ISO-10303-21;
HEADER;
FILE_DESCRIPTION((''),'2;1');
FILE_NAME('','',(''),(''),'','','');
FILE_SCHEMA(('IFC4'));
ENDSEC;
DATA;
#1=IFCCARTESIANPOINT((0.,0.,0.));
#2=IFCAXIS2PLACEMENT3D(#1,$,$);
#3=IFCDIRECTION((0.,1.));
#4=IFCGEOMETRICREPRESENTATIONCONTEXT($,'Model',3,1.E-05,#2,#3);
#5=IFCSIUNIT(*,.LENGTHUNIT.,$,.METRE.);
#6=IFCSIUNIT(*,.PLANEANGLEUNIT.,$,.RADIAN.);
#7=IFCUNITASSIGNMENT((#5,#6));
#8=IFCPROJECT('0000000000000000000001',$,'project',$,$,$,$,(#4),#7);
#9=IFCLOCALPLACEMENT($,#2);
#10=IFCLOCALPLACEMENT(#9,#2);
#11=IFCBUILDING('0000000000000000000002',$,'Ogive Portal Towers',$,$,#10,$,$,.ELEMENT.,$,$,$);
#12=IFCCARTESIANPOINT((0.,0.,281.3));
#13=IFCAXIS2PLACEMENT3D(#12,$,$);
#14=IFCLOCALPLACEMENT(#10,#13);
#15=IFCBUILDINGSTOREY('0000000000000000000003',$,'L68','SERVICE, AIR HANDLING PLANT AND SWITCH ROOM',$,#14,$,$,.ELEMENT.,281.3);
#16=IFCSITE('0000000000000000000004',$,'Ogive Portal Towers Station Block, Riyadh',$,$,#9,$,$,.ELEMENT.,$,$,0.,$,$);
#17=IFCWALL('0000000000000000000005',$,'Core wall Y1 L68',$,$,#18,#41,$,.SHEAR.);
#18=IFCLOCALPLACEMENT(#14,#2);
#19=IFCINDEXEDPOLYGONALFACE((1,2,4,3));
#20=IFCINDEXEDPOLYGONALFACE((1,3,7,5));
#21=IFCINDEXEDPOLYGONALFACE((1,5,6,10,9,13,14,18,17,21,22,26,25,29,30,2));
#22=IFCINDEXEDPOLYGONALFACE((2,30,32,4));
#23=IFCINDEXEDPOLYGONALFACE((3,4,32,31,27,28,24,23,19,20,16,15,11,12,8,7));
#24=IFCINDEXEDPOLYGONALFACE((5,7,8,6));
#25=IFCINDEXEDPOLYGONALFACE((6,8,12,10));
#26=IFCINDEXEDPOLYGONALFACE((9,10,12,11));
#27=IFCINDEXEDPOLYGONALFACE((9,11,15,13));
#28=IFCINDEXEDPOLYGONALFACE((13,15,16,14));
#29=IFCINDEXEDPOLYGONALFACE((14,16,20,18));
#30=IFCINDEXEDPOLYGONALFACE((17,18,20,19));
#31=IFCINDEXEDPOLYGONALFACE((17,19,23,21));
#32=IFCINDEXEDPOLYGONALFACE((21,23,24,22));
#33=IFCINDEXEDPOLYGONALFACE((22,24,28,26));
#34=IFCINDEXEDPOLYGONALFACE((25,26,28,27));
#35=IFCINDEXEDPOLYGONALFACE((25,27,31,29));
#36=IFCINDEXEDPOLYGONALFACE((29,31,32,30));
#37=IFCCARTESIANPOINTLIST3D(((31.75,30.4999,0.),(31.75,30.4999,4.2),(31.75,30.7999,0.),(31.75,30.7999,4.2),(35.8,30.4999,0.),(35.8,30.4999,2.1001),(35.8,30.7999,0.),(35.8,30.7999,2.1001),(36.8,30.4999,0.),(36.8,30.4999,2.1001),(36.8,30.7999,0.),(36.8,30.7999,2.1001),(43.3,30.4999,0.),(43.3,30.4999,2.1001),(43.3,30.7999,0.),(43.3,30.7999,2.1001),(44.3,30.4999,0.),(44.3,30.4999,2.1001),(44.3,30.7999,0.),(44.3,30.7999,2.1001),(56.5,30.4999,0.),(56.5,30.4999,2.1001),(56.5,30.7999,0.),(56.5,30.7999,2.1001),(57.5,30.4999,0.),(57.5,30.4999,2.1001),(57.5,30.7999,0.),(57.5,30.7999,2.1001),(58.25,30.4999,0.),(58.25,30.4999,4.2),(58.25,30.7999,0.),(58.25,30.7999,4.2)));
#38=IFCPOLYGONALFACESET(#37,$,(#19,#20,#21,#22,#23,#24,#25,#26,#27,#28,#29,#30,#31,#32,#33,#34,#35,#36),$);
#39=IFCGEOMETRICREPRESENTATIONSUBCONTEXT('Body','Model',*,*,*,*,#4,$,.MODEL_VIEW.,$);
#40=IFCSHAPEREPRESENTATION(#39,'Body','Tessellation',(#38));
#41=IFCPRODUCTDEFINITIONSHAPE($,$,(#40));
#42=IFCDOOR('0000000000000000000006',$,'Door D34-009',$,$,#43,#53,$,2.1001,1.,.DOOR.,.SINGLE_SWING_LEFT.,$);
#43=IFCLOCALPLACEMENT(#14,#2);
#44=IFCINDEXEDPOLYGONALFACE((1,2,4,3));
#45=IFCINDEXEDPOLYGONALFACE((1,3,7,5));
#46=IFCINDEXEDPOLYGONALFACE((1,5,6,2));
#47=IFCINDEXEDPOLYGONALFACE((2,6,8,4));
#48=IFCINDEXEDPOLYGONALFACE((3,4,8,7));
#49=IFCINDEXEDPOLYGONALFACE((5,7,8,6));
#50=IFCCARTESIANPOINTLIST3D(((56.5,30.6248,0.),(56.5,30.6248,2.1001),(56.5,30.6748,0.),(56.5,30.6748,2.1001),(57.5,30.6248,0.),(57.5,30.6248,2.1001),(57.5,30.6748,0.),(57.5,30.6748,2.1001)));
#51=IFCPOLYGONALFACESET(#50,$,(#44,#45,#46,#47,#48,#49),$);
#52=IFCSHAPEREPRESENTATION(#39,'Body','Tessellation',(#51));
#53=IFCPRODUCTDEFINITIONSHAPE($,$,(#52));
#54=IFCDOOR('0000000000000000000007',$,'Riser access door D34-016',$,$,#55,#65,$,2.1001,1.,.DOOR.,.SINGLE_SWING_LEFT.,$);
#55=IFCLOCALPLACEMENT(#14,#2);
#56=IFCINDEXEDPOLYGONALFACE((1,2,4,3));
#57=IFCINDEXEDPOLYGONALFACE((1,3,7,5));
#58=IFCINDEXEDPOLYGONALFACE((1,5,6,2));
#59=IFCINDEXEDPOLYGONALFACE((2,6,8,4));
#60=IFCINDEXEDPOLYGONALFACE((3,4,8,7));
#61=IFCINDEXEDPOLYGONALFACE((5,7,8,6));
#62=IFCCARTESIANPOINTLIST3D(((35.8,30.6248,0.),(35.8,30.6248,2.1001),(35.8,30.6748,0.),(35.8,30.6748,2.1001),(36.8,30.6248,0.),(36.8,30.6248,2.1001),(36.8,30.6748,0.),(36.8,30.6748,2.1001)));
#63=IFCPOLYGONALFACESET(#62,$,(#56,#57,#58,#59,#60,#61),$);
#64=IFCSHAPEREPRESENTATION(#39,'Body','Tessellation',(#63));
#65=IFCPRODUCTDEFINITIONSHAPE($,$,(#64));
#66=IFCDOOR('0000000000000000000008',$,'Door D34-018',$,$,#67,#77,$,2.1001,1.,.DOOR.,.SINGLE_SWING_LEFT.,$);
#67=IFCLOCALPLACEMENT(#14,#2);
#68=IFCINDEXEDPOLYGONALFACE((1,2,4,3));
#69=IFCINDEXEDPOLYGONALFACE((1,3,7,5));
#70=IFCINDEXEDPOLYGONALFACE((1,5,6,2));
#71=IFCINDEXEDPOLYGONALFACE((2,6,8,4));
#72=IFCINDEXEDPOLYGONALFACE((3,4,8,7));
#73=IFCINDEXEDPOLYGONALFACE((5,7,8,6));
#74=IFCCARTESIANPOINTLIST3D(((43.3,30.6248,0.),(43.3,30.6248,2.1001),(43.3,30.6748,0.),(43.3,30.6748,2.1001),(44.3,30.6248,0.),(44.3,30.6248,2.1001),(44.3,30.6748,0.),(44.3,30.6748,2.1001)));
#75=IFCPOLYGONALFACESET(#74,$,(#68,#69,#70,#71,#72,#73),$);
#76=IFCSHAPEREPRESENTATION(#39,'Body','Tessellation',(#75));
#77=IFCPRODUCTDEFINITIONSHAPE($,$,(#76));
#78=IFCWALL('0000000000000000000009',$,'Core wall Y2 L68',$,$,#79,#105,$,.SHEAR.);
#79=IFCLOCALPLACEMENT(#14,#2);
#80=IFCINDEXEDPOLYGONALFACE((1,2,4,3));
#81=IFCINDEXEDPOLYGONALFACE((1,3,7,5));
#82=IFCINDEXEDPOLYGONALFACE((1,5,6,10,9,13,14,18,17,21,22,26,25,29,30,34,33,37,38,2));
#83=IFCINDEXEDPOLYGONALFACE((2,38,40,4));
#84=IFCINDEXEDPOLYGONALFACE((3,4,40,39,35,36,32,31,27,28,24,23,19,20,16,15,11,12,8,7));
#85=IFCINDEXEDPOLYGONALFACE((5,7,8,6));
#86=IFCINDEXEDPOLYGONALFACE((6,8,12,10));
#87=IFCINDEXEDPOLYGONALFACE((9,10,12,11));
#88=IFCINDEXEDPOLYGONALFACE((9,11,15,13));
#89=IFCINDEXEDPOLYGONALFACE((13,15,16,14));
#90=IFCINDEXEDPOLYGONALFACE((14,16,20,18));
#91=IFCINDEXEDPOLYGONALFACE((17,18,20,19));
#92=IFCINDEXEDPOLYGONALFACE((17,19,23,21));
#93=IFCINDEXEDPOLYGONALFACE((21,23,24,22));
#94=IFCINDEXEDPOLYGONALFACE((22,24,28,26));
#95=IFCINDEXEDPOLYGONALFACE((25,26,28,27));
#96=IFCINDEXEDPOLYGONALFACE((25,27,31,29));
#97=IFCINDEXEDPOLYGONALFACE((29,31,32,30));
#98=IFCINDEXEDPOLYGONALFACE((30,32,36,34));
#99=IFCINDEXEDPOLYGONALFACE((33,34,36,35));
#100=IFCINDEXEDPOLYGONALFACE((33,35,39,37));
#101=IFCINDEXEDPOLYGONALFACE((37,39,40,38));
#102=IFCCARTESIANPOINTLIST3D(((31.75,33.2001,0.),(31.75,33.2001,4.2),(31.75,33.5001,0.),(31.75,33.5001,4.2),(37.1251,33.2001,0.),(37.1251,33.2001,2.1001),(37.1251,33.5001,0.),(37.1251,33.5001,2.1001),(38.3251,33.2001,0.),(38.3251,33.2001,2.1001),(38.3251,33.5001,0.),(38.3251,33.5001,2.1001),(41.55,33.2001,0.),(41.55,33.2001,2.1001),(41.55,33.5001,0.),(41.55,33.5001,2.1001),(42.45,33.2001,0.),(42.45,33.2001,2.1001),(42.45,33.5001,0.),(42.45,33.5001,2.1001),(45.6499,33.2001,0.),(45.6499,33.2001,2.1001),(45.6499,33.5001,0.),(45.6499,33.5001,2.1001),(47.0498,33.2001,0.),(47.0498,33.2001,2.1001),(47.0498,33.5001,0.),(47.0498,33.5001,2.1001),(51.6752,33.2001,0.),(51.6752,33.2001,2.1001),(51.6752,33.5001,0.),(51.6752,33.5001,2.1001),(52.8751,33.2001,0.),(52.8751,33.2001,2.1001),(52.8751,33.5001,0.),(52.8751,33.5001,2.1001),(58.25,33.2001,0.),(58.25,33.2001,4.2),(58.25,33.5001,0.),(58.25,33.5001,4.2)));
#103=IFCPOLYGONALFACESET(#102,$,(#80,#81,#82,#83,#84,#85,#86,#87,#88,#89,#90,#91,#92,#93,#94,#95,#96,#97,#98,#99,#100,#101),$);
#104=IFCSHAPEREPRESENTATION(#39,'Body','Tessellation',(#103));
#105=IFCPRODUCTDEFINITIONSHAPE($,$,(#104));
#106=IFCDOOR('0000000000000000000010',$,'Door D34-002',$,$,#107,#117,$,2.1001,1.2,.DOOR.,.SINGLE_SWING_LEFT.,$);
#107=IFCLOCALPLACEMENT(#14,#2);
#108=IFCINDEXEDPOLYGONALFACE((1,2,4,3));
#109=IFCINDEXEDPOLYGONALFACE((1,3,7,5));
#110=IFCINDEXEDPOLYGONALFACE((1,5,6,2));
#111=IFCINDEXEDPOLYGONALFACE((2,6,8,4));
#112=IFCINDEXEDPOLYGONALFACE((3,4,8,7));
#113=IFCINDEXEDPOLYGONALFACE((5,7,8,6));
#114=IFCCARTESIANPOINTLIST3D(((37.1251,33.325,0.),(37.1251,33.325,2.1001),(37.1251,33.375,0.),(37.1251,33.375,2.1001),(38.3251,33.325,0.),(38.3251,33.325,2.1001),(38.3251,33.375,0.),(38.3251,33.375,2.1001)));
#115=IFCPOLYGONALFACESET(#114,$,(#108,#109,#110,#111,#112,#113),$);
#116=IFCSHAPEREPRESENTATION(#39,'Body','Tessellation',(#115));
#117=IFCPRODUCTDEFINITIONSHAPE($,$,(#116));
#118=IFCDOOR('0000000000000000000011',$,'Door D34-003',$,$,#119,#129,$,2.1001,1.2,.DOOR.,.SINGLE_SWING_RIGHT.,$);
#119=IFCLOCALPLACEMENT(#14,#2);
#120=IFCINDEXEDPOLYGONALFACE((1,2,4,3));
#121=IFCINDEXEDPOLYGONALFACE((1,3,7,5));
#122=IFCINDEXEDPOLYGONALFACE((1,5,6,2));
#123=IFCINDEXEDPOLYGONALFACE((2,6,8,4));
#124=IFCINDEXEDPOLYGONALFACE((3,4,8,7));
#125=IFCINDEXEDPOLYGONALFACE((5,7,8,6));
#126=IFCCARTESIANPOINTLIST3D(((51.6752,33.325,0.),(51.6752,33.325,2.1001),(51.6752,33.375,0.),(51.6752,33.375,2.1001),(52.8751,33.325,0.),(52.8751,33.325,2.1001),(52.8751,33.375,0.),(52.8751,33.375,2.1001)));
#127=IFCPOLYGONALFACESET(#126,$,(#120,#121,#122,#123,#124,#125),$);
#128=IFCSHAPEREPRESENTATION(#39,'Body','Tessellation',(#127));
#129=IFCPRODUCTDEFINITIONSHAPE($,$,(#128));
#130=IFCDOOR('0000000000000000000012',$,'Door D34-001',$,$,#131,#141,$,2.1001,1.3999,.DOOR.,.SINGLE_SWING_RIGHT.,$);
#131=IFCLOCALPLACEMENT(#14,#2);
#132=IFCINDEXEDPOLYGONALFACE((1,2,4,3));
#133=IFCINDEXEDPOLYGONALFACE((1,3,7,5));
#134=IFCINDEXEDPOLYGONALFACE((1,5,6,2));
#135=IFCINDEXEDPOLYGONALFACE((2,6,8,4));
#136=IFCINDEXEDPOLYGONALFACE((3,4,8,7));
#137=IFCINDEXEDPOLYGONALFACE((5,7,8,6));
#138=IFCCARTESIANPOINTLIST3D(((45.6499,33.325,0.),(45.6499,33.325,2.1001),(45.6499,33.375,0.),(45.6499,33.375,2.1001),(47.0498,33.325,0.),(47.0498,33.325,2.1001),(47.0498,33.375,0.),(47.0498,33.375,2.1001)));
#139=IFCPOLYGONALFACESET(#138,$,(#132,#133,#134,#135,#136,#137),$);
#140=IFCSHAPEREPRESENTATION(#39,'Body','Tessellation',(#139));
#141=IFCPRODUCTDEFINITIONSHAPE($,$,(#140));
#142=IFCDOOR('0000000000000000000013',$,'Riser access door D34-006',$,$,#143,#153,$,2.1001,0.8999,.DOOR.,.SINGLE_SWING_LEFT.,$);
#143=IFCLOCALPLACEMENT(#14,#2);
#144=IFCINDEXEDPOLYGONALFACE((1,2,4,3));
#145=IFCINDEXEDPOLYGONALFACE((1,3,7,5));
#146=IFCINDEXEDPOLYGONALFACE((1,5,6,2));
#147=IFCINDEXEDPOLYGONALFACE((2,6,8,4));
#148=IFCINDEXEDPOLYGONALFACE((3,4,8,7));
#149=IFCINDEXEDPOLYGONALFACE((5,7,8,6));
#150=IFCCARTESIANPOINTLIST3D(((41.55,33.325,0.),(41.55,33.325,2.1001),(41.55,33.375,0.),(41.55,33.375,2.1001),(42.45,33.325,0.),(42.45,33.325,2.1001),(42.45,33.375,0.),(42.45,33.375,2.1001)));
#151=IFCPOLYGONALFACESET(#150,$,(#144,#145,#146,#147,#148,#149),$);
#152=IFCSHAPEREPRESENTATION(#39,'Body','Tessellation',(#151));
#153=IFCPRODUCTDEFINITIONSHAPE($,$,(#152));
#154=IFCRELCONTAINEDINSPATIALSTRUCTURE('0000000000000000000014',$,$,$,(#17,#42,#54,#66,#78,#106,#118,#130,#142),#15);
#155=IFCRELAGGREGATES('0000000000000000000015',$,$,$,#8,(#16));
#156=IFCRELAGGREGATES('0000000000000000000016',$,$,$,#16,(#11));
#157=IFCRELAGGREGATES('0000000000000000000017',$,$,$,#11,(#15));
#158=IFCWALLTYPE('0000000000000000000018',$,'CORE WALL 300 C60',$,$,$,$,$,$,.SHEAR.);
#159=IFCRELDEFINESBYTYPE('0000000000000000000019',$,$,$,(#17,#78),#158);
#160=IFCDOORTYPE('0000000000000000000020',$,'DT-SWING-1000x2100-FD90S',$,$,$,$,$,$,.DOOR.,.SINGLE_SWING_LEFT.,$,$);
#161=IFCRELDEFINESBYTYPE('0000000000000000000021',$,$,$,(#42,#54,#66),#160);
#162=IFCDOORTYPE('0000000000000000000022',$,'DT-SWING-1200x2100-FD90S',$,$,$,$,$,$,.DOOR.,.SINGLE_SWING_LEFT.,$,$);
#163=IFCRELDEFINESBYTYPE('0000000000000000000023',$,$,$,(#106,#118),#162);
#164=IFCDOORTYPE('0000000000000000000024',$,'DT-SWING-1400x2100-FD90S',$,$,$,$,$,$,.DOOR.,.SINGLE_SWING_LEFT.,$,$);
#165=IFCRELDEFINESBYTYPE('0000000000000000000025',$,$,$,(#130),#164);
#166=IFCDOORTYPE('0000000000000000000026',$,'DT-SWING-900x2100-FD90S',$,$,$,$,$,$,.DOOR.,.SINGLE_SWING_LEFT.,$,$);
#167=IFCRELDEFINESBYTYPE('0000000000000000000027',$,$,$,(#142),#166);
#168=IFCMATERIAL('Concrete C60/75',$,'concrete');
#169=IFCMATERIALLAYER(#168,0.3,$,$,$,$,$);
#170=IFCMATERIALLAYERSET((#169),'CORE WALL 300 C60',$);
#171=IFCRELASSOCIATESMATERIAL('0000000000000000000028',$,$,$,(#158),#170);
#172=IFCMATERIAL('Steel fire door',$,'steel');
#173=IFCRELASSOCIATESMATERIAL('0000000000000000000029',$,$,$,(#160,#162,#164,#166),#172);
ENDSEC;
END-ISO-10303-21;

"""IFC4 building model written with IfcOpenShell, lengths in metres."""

from ifc_helpers import new_model, si_unit, direction, frame, frame_2d, origin, place, context, subcontext, project, spatial, rectangle, extrude, material, layer, layer_set, type_object, element, fill, save


model = new_model("IFC4")

# Units and contexts
model_context = context("Model", 3, precision=1e-05, world=origin(), true_north=direction((0.0, 1.0)))
body_context = subcontext(model_context, "Body", "Model", "MODEL_VIEW")
ifc_project = project(units=[si_unit("LENGTHUNIT", "METRE"), si_unit("PLANEANGLEUNIT", "RADIAN")], contexts=[model_context])

# Site, building, storey
site_placement = place(None, origin())
site = spatial("IfcSite", under=ifc_project, at=site_placement, Name="Ogive Portal Towers Station Block, Riyadh", CompositionType="ELEMENT", RefElevation=0.0)
building_placement = place(site_placement, origin())
building = spatial("IfcBuilding", under=site, at=building_placement, Name="Ogive Portal Towers", CompositionType="ELEMENT")
storey_placement = place(building_placement, frame((0.0, 0.0, 281.3)))
storey = spatial("IfcBuildingStorey", under=building, at=storey_placement, Name="L68", Description="SERVICE, AIR HANDLING PLANT AND SWITCH ROOM", CompositionType="ELEMENT", Elevation=281.3)

# Walls, openings, doors
ifc_material_1 = material(Name="Concrete C60/75", Category="concrete")
ifc_layer_1 = layer(ifc_material_1, 0.3)
ifc_layer_set_1 = layer_set([ifc_layer_1], Name="CORE WALL 300 C60")
wall_type_1 = type_object("IfcWallType", Name="CORE WALL 300 C60", PredefinedType="SHEAR", material=ifc_layer_set_1)
wall_1_placement = place(storey_placement, frame((31.75, 30.6499, 0.0), z_axis=(0.0, 0.0, 1.0), x_axis=(1.0, 0.0, 0.0)))
wall_1 = element("IfcWall", 1, at=wall_1_placement, inside=storey, type_object=wall_type_1, Name="Core wall Y1 L68", PredefinedType="SHEAR", context=body_context, shape_type="SweptSolid", body=[
    extrude(rectangle(XDim=26.5, YDim=0.3, at=frame_2d((13.25, 0.0))), origin(), (0.0, 0.0, 1.0), 4.2),
])
opening_1_placement = place(wall_1_placement, frame((24.75, 0.0, 0.0)))
opening_1 = element("IfcOpeningElement", 2, at=opening_1_placement, cuts=wall_1, PredefinedType="OPENING", context=body_context, shape_type="SweptSolid", body=[
    extrude(rectangle(XDim=1.0, YDim=2.1001, at=frame_2d((0.5, 1.05))), frame((0.0, 0.1602, 0.0), z_axis=(0.0, -1.0, 0.0), x_axis=(1.0, 0.0, 0.0)), (0.0, 0.0, 1.0), 0.3201),
])
opening_2_placement = place(wall_1_placement, frame((4.05, 0.0, 0.0)))
opening_2 = element("IfcOpeningElement", 3, at=opening_2_placement, cuts=wall_1, PredefinedType="OPENING", context=body_context, shape_type="SweptSolid", body=[
    extrude(rectangle(XDim=1.0, YDim=2.1001, at=frame_2d((0.5, 1.05))), frame((0.0, 0.1602, 0.0), z_axis=(0.0, -1.0, 0.0), x_axis=(1.0, 0.0, 0.0)), (0.0, 0.0, 1.0), 0.3201),
])
opening_3_placement = place(wall_1_placement, frame((11.55, 0.0, 0.0)))
opening_3 = element("IfcOpeningElement", 4, at=opening_3_placement, cuts=wall_1, PredefinedType="OPENING", context=body_context, shape_type="SweptSolid", body=[
    extrude(rectangle(XDim=1.0, YDim=2.1001, at=frame_2d((0.5, 1.05))), frame((0.0, 0.1602, 0.0), z_axis=(0.0, -1.0, 0.0), x_axis=(1.0, 0.0, 0.0)), (0.0, 0.0, 1.0), 0.3201),
])
ifc_material_2 = material(Name="Steel fire door", Category="steel")
door_type_1 = type_object("IfcDoorType", Name="DT-SWING-1000x2100-FD90S", OperationType="SINGLE_SWING_LEFT", PredefinedType="DOOR", material=ifc_material_2)
door_1_placement = place(opening_1_placement, origin())
door_1 = element("IfcDoor", 5, at=door_1_placement, inside=storey, type_object=door_type_1, Name="Door D34-009", OperationType="SINGLE_SWING_LEFT", OverallHeight=2.1001, OverallWidth=1.0, PredefinedType="DOOR", context=body_context, shape_type="SweptSolid", body=[
    extrude(rectangle(XDim=1.0, YDim=2.1001, at=frame_2d((0.5, 1.05))), frame((0.0, 0.0249, 0.0), z_axis=(0.0, -1.0, 0.0), x_axis=(1.0, 0.0, 0.0)), (0.0, 0.0, 1.0), 0.05),
])
fill(opening_1, door_1)
door_2_placement = place(opening_2_placement, origin())
door_2 = element("IfcDoor", 6, at=door_2_placement, inside=storey, type_object=door_type_1, Name="Riser access door D34-016", OperationType="SINGLE_SWING_LEFT", OverallHeight=2.1001, OverallWidth=1.0, PredefinedType="DOOR", context=body_context, shape_type="SweptSolid", body=[
    extrude(rectangle(XDim=1.0, YDim=2.1001, at=frame_2d((0.5, 1.05))), frame((0.0, 0.0249, 0.0), z_axis=(0.0, -1.0, 0.0), x_axis=(1.0, 0.0, 0.0)), (0.0, 0.0, 1.0), 0.05),
])
fill(opening_2, door_2)
door_3_placement = place(opening_3_placement, origin())
door_3 = element("IfcDoor", 7, at=door_3_placement, inside=storey, type_object=door_type_1, Name="Door D34-018", OperationType="SINGLE_SWING_LEFT", OverallHeight=2.1001, OverallWidth=1.0, PredefinedType="DOOR", context=body_context, shape_type="SweptSolid", body=[
    extrude(rectangle(XDim=1.0, YDim=2.1001, at=frame_2d((0.5, 1.05))), frame((0.0, 0.0249, 0.0), z_axis=(0.0, -1.0, 0.0), x_axis=(1.0, 0.0, 0.0)), (0.0, 0.0, 1.0), 0.05),
])
fill(opening_3, door_3)
wall_2_placement = place(storey_placement, frame((31.75, 33.3501, 0.0), z_axis=(0.0, 0.0, 1.0), x_axis=(1.0, 0.0, 0.0)))
wall_2 = element("IfcWall", 8, at=wall_2_placement, inside=storey, type_object=wall_type_1, Name="Core wall Y2 L68", PredefinedType="SHEAR", context=body_context, shape_type="SweptSolid", body=[
    extrude(rectangle(XDim=26.5, YDim=0.3, at=frame_2d((13.25, 0.0))), origin(), (0.0, 0.0, 1.0), 4.2),
])
opening_4_placement = place(wall_2_placement, frame((13.8999, 0.0, 0.0)))
opening_4 = element("IfcOpeningElement", 9, at=opening_4_placement, cuts=wall_2, PredefinedType="OPENING", context=body_context, shape_type="SweptSolid", body=[
    extrude(rectangle(XDim=1.3999, YDim=2.1001, at=frame_2d((0.7, 1.05))), frame((0.0, 0.1602, 0.0), z_axis=(0.0, -1.0, 0.0), x_axis=(1.0, 0.0, 0.0)), (0.0, 0.0, 1.0), 0.3201),
])
opening_5_placement = place(wall_2_placement, frame((5.375, 0.0, 0.0)))
opening_5 = element("IfcOpeningElement", 10, at=opening_5_placement, cuts=wall_2, PredefinedType="OPENING", context=body_context, shape_type="SweptSolid", body=[
    extrude(rectangle(XDim=1.2, YDim=2.1001, at=frame_2d((0.6001, 1.05))), frame((0.0, 0.1602, 0.0), z_axis=(0.0, -1.0, 0.0), x_axis=(1.0, 0.0, 0.0)), (0.0, 0.0, 1.0), 0.3201),
])
opening_6_placement = place(wall_2_placement, frame((19.925, 0.0, 0.0)))
opening_6 = element("IfcOpeningElement", 11, at=opening_6_placement, cuts=wall_2, PredefinedType="OPENING", context=body_context, shape_type="SweptSolid", body=[
    extrude(rectangle(XDim=1.2, YDim=2.1001, at=frame_2d((0.6001, 1.05))), frame((0.0, 0.1602, 0.0), z_axis=(0.0, -1.0, 0.0), x_axis=(1.0, 0.0, 0.0)), (0.0, 0.0, 1.0), 0.3201),
])
opening_7_placement = place(wall_2_placement, frame((9.8, 0.0, 0.0)))
opening_7 = element("IfcOpeningElement", 12, at=opening_7_placement, cuts=wall_2, PredefinedType="OPENING", context=body_context, shape_type="SweptSolid", body=[
    extrude(rectangle(XDim=0.8999, YDim=2.1001, at=frame_2d((0.45, 1.05))), frame((0.0, 0.1602, 0.0), z_axis=(0.0, -1.0, 0.0), x_axis=(1.0, 0.0, 0.0)), (0.0, 0.0, 1.0), 0.3201),
])
door_type_2 = type_object("IfcDoorType", Name="DT-SWING-1200x2100-FD90S", OperationType="SINGLE_SWING_LEFT", PredefinedType="DOOR", material=ifc_material_2)
door_4_placement = place(opening_5_placement, origin())
door_4 = element("IfcDoor", 13, at=door_4_placement, inside=storey, type_object=door_type_2, Name="Door D34-002", OperationType="SINGLE_SWING_LEFT", OverallHeight=2.1001, OverallWidth=1.2, PredefinedType="DOOR", context=body_context, shape_type="SweptSolid", body=[
    extrude(rectangle(XDim=1.2, YDim=2.1001, at=frame_2d((0.6001, 1.05))), frame((0.0, 0.0249, 0.0), z_axis=(0.0, -1.0, 0.0), x_axis=(1.0, 0.0, 0.0)), (0.0, 0.0, 1.0), 0.05),
])
fill(opening_5, door_4)
door_5_placement = place(opening_6_placement, origin())
door_5 = element("IfcDoor", 14, at=door_5_placement, inside=storey, type_object=door_type_2, Name="Door D34-003", OperationType="SINGLE_SWING_RIGHT", OverallHeight=2.1001, OverallWidth=1.2, PredefinedType="DOOR", context=body_context, shape_type="SweptSolid", body=[
    extrude(rectangle(XDim=1.2, YDim=2.1001, at=frame_2d((0.6001, 1.05))), frame((0.0, 0.0249, 0.0), z_axis=(0.0, -1.0, 0.0), x_axis=(1.0, 0.0, 0.0)), (0.0, 0.0, 1.0), 0.05),
])
fill(opening_6, door_5)
door_type_3 = type_object("IfcDoorType", Name="DT-SWING-1400x2100-FD90S", OperationType="SINGLE_SWING_LEFT", PredefinedType="DOOR", material=ifc_material_2)
door_6_placement = place(opening_4_placement, origin())
door_6 = element("IfcDoor", 15, at=door_6_placement, inside=storey, type_object=door_type_3, Name="Door D34-001", OperationType="SINGLE_SWING_RIGHT", OverallHeight=2.1001, OverallWidth=1.3999, PredefinedType="DOOR", context=body_context, shape_type="SweptSolid", body=[
    extrude(rectangle(XDim=1.3999, YDim=2.1001, at=frame_2d((0.7, 1.05))), frame((0.0, 0.0249, 0.0), z_axis=(0.0, -1.0, 0.0), x_axis=(1.0, 0.0, 0.0)), (0.0, 0.0, 1.0), 0.05),
])
fill(opening_4, door_6)
door_type_4 = type_object("IfcDoorType", Name="DT-SWING-900x2100-FD90S", OperationType="SINGLE_SWING_LEFT", PredefinedType="DOOR", material=ifc_material_2)
door_7_placement = place(opening_7_placement, origin())
door_7 = element("IfcDoor", 16, at=door_7_placement, inside=storey, type_object=door_type_4, Name="Riser access door D34-006", OperationType="SINGLE_SWING_LEFT", OverallHeight=2.1001, OverallWidth=0.8999, PredefinedType="DOOR", context=body_context, shape_type="SweptSolid", body=[
    extrude(rectangle(XDim=0.8999, YDim=2.1001, at=frame_2d((0.45, 1.05))), frame((0.0, 0.0249, 0.0), z_axis=(0.0, -1.0, 0.0), x_axis=(1.0, 0.0, 0.0)), (0.0, 0.0, 1.0), 0.05),
])
fill(opening_7, door_7)

save(model, "model.ifc")
